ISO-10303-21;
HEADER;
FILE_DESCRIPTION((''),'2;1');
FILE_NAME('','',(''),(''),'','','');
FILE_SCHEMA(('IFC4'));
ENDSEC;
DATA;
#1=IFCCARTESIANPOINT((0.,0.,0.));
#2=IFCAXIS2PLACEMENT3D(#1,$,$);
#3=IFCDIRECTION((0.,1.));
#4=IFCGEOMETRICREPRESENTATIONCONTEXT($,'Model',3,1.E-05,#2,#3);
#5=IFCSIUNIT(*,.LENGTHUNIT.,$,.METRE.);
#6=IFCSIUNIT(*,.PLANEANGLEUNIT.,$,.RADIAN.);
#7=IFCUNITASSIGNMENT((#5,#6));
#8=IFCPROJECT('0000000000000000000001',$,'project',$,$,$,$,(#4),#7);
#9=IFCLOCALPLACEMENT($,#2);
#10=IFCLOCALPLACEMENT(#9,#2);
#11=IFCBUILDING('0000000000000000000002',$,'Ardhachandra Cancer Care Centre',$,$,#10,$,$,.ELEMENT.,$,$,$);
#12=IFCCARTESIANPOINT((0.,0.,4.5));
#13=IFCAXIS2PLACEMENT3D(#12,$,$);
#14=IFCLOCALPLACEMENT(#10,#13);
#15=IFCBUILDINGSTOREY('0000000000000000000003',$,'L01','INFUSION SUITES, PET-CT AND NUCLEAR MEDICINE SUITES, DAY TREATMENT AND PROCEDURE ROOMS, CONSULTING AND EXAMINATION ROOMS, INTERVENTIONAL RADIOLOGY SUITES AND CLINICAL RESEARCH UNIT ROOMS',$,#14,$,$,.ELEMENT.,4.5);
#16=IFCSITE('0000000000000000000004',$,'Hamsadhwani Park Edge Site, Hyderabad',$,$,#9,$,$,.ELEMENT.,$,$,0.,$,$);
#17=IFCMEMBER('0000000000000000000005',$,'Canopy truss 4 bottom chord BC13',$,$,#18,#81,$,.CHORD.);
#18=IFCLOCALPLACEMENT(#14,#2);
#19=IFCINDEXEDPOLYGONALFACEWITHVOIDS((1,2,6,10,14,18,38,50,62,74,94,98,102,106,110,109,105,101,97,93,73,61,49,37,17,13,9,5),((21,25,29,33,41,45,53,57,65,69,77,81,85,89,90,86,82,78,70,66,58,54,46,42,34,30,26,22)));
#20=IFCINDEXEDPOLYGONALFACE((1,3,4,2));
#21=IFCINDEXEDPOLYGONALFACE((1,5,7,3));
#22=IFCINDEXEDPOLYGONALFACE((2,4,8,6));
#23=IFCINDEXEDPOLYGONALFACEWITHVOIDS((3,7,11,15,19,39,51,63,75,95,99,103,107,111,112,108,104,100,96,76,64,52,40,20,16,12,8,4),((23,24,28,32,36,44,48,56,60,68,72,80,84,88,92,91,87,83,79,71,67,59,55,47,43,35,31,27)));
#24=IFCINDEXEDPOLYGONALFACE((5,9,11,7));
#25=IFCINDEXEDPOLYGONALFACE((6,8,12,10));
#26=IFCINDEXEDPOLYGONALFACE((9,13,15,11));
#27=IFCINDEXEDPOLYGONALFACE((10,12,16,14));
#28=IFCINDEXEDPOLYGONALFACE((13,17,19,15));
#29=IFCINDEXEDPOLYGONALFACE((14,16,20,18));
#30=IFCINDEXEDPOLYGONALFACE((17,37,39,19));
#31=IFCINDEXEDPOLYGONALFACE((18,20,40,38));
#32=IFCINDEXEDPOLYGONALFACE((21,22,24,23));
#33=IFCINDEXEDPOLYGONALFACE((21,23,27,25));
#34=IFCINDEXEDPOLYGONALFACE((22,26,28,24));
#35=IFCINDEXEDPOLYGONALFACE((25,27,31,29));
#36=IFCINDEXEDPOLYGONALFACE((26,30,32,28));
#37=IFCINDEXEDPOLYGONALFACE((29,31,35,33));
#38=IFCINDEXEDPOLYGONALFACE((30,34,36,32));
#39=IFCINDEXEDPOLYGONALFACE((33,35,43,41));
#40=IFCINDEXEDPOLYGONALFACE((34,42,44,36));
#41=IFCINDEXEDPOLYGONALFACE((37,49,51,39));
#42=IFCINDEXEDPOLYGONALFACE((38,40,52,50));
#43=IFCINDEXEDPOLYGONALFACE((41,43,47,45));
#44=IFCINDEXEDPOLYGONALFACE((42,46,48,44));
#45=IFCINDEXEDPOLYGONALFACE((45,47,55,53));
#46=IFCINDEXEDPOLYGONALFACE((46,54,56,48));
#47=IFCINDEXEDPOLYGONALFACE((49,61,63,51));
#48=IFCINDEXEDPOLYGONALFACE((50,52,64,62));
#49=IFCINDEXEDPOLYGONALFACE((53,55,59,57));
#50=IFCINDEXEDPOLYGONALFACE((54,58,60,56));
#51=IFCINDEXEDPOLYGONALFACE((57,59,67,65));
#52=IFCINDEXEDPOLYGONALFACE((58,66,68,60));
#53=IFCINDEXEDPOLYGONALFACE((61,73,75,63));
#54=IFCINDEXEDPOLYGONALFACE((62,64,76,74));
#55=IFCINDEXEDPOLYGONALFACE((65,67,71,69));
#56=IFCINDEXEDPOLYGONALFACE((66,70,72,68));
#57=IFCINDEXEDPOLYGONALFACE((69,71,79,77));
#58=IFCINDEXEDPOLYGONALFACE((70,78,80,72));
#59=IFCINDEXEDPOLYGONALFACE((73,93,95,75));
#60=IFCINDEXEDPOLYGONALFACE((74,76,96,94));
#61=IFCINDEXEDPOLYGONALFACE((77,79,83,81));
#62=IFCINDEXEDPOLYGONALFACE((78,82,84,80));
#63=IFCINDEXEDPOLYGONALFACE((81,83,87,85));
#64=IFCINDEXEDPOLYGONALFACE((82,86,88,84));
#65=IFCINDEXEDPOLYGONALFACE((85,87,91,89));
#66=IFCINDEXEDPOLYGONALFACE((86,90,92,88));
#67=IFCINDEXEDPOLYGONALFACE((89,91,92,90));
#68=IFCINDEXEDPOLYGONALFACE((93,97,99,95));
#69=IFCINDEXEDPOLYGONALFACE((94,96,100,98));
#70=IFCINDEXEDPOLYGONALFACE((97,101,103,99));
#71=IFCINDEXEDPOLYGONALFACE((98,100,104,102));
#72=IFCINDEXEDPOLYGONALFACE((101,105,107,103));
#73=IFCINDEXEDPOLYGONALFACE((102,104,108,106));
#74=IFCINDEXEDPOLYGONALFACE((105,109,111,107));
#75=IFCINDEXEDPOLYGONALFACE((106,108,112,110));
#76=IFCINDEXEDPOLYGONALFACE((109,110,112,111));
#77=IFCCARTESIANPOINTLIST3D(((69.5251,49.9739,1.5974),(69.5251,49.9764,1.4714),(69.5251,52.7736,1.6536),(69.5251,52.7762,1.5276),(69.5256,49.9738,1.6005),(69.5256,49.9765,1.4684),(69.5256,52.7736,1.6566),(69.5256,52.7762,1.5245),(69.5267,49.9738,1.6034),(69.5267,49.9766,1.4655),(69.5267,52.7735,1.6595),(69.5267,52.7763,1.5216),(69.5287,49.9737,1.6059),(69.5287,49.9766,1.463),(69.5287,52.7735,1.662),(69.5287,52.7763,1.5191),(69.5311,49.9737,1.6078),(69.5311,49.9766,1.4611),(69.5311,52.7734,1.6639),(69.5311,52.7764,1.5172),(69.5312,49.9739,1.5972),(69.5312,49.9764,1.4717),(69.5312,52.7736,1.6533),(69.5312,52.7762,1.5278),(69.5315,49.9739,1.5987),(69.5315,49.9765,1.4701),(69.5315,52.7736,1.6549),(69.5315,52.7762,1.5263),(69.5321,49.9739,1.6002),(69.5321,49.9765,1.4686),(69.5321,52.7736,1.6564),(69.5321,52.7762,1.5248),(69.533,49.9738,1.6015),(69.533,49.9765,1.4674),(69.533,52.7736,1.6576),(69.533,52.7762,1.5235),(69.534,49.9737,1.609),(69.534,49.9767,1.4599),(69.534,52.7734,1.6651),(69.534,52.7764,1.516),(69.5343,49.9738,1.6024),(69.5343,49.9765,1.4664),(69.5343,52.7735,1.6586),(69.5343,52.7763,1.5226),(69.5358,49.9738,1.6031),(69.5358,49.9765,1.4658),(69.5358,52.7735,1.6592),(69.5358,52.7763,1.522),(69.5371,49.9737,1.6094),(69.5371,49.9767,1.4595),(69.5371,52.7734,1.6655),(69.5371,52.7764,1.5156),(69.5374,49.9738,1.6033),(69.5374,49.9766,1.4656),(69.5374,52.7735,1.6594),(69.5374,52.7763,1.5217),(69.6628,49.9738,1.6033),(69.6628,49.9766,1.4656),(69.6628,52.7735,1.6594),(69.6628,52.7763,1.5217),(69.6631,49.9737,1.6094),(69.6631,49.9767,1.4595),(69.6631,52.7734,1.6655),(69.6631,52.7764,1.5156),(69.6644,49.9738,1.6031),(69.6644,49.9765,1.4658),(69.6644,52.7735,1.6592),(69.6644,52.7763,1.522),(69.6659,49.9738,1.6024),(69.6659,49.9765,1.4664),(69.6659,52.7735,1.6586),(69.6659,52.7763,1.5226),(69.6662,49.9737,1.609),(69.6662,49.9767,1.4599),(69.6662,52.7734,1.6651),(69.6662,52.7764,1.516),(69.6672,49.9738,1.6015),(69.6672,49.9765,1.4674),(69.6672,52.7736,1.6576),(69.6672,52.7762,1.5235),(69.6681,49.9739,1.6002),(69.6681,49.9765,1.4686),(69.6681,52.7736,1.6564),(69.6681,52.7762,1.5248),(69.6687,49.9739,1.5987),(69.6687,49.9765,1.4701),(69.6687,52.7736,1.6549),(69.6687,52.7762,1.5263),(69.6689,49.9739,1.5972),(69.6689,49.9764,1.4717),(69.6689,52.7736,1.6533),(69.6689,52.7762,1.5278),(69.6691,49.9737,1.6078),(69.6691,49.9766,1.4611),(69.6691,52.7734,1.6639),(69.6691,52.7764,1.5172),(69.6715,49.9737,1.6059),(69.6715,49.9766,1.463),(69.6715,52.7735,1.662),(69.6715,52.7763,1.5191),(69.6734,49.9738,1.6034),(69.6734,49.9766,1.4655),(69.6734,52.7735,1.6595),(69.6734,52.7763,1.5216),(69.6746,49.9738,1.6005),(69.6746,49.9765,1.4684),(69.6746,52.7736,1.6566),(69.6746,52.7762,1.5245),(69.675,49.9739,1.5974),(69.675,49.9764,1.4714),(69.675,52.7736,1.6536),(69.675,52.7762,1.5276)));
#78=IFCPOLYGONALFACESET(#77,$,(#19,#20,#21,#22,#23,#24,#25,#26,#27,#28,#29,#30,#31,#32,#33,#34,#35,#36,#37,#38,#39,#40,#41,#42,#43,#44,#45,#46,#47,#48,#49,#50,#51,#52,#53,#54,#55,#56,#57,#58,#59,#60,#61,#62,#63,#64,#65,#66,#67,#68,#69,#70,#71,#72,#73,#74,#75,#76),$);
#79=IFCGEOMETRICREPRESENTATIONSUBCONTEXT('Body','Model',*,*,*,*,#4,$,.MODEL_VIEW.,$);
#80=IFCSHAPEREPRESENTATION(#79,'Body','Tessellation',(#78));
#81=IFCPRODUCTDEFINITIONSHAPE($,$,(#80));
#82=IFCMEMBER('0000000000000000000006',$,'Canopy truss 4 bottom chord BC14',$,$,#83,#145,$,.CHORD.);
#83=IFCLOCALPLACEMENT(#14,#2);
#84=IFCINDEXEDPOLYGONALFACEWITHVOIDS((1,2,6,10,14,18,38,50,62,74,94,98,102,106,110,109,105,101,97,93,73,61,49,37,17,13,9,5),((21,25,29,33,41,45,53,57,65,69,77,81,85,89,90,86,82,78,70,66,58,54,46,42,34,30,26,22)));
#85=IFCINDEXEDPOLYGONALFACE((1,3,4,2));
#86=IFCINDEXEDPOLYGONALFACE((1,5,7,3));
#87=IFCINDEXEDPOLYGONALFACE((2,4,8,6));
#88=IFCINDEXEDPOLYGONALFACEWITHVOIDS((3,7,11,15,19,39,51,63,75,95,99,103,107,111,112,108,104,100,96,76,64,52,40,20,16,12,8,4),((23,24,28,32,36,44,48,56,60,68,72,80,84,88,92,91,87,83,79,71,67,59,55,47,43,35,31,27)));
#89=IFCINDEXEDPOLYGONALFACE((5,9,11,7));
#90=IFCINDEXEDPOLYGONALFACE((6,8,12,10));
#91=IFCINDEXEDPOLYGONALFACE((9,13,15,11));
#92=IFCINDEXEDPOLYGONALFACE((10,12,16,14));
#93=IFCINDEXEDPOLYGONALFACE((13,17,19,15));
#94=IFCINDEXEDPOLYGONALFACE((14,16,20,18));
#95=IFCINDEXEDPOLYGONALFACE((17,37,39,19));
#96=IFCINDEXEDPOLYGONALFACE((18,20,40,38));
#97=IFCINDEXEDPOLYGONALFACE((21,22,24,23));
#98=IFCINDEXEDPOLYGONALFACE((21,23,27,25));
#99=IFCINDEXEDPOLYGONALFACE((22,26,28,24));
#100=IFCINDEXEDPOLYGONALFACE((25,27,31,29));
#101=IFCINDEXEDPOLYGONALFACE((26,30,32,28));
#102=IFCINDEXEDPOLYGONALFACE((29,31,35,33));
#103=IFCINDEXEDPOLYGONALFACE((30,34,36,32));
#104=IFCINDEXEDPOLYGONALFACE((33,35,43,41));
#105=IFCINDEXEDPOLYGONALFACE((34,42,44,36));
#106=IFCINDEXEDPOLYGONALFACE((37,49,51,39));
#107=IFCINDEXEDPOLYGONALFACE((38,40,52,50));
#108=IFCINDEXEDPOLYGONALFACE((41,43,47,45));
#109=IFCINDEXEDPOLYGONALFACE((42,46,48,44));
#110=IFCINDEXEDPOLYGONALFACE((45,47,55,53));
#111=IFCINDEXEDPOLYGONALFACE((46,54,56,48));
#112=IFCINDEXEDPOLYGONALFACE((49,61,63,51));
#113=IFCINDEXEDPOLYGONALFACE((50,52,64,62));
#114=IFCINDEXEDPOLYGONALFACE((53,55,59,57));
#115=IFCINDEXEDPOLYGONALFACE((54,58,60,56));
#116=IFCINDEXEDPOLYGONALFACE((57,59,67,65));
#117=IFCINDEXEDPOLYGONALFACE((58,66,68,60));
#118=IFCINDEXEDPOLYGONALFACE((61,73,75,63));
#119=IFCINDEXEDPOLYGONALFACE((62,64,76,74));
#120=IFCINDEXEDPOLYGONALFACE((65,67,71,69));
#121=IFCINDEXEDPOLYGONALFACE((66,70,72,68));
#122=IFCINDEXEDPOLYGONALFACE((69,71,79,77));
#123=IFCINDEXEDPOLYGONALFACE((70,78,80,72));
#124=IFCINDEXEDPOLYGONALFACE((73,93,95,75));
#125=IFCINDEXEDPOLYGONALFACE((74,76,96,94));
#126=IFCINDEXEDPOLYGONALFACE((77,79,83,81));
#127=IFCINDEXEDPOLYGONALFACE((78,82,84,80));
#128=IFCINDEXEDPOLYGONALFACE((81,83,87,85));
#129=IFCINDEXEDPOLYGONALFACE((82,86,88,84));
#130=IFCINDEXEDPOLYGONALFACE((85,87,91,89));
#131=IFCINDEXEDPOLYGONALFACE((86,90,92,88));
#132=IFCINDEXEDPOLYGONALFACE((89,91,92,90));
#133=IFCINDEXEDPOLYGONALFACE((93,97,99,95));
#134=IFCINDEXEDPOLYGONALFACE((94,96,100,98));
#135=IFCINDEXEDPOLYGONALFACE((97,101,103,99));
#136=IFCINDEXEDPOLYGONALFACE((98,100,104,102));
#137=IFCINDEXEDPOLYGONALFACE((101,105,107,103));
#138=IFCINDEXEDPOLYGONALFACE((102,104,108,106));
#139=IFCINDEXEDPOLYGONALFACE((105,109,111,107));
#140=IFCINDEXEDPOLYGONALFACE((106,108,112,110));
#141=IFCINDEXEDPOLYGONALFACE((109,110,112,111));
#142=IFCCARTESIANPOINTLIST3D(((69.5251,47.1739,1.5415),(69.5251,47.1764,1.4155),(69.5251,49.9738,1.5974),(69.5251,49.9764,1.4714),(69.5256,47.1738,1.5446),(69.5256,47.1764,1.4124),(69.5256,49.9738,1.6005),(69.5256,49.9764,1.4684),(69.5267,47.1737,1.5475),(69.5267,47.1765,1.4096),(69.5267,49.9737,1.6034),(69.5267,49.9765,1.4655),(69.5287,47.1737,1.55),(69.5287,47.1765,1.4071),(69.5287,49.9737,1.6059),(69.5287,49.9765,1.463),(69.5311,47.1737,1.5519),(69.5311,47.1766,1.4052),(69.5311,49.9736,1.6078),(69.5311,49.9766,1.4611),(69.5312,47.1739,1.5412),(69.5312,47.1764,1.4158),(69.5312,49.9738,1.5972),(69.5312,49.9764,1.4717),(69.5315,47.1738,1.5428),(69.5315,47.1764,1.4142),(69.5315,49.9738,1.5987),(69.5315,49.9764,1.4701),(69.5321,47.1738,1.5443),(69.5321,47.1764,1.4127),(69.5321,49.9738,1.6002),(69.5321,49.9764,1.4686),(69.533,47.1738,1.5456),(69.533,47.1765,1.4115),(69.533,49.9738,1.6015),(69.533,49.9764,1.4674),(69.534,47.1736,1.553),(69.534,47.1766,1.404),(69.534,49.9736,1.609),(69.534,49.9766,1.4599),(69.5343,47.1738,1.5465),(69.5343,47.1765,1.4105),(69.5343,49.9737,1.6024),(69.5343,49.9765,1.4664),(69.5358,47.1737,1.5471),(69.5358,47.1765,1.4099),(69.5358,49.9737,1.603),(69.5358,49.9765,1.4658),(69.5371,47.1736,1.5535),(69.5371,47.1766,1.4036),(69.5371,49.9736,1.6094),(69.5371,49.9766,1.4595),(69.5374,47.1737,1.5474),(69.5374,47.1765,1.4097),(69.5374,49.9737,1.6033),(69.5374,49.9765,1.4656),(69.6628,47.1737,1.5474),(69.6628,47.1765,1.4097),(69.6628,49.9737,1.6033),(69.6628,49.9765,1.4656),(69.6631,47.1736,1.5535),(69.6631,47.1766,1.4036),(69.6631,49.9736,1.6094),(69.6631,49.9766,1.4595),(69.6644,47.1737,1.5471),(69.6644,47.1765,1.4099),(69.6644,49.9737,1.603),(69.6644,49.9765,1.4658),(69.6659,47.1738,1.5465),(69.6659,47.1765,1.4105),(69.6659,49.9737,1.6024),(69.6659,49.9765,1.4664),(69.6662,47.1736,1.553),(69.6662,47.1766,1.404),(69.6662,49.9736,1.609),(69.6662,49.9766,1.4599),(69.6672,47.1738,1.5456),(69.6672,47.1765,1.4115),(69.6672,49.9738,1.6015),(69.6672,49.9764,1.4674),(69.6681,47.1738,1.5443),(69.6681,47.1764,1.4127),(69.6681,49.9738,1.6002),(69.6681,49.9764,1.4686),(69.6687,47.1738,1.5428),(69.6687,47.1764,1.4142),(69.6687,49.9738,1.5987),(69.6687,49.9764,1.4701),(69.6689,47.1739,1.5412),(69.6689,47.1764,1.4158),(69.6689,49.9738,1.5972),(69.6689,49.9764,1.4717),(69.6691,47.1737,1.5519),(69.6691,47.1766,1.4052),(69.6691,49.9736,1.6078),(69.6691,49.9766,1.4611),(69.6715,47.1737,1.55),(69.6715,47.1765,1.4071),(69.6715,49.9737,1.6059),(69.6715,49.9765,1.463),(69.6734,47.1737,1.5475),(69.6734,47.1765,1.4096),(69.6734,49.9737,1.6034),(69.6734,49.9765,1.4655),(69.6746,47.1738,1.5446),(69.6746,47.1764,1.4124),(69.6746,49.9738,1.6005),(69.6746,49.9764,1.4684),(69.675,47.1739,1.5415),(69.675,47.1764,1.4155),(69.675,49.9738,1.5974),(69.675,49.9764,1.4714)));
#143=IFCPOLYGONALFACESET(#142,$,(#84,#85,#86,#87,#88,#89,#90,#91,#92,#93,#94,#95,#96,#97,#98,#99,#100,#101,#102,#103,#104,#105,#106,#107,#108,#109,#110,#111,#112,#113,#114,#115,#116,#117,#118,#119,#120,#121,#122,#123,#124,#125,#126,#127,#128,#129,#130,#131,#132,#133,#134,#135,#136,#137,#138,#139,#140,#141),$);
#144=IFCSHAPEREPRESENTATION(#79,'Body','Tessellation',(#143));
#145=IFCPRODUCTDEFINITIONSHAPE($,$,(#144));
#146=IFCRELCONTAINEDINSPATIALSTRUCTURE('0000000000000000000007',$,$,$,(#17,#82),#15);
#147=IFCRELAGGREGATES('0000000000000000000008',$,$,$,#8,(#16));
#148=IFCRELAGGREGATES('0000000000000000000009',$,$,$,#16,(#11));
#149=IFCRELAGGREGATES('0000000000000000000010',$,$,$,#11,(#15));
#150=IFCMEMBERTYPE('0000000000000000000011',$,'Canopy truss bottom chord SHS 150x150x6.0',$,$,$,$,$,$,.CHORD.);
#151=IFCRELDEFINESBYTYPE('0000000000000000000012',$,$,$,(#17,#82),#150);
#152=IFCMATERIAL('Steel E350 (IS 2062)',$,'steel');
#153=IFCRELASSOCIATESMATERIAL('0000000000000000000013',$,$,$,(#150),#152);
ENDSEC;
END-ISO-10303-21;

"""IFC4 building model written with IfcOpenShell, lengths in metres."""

from ifc_helpers import new_model, si_unit, direction, frame, origin, origin_2d, place, context, subcontext, project, spatial, hollow_rectangle, extrude, material, material_profile, profile_set, type_object, element, save


model = new_model("IFC4")

# Units and contexts
model_context = context("Model", 3, precision=1e-05, world=origin(), true_north=direction((0.0, 1.0)))
body_context = subcontext(model_context, "Body", "Model", "MODEL_VIEW")
ifc_project = project(units=[si_unit("LENGTHUNIT", "METRE"), si_unit("PLANEANGLEUNIT", "RADIAN")], contexts=[model_context])

# Site, building, storey
site_placement = place(None, origin())
site = spatial("IfcSite", under=ifc_project, at=site_placement, Name="Hamsadhwani Park Edge Site, Hyderabad", CompositionType="ELEMENT", RefElevation=0.0)
building_placement = place(site_placement, origin())
building = spatial("IfcBuilding", under=site, at=building_placement, Name="Ardhachandra Cancer Care Centre", CompositionType="ELEMENT")
storey_placement = place(building_placement, frame((0.0, 0.0, 4.5)))
storey = spatial("IfcBuildingStorey", under=building, at=storey_placement, Name="L01", Description="INFUSION SUITES, PET-CT AND NUCLEAR MEDICINE SUITES, DAY TREATMENT AND PROCEDURE ROOMS, CONSULTING AND EXAMINATION ROOMS, INTERVENTIONAL RADIOLOGY SUITES AND CLINICAL RESEARCH UNIT ROOMS", CompositionType="ELEMENT", Elevation=4.5)

# Members
ifc_material_1 = material(Name="Steel E350 (IS 2062)", Category="steel")
ifc_material_profile_1 = material_profile(ifc_material_1, hollow_rectangle(XDim=0.1499, YDim=0.1499, WallThickness=0.0061, InnerFilletRadius=0.0061, OuterFilletRadius=0.012, at=origin_2d()), Name="SHS 150x150x6.0")
ifc_profile_set_1 = profile_set([ifc_material_profile_1], Name="Steel E350 (IS 2062)")
member_type_1 = type_object("IfcMemberType", Name="Canopy truss bottom chord SHS 150x150x6.0", PredefinedType="CHORD", material=ifc_profile_set_1)
member_1_placement = place(storey_placement, frame((69.6001, 52.7749, 1.5906), z_axis=(0.0, -0.999799, -0.020052), x_axis=(1.0, 0.0, 0.0)))
element("IfcMember", 1, at=member_1_placement, inside=storey, type_object=member_type_1, Name="Canopy truss 4 bottom chord BC13", PredefinedType="CHORD", context=body_context, shape_type="SweptSolid", body=[
    extrude(hollow_rectangle(XDim=0.1499, YDim=0.1499, WallThickness=0.0061, InnerFilletRadius=0.0061, OuterFilletRadius=0.012, at=origin_2d()), origin(), (0.0, 0.0, 1.0), 2.8003),
])
for number, where, z_axis, x_axis, name in (
    (2, (69.6001, 49.9751, 1.5344), (0.0, -0.999801, -0.019963), (1.0, 0.0, 0.0), "Canopy truss 4 bottom chord BC14"),
):
    element("IfcMember", number, at=place(storey_placement, frame(where, z_axis=z_axis, x_axis=x_axis)), inside=storey, type_object=member_type_1, Name=name, PredefinedType="CHORD", context=body_context, shape_type="SweptSolid", body=[
        extrude(hollow_rectangle(XDim=0.1499, YDim=0.1499, WallThickness=0.0061, InnerFilletRadius=0.0061, OuterFilletRadius=0.012, at=origin_2d()), origin(), (0.0, 0.0, 1.0), 2.8005),
    ])

save(model, "model.ifc")
